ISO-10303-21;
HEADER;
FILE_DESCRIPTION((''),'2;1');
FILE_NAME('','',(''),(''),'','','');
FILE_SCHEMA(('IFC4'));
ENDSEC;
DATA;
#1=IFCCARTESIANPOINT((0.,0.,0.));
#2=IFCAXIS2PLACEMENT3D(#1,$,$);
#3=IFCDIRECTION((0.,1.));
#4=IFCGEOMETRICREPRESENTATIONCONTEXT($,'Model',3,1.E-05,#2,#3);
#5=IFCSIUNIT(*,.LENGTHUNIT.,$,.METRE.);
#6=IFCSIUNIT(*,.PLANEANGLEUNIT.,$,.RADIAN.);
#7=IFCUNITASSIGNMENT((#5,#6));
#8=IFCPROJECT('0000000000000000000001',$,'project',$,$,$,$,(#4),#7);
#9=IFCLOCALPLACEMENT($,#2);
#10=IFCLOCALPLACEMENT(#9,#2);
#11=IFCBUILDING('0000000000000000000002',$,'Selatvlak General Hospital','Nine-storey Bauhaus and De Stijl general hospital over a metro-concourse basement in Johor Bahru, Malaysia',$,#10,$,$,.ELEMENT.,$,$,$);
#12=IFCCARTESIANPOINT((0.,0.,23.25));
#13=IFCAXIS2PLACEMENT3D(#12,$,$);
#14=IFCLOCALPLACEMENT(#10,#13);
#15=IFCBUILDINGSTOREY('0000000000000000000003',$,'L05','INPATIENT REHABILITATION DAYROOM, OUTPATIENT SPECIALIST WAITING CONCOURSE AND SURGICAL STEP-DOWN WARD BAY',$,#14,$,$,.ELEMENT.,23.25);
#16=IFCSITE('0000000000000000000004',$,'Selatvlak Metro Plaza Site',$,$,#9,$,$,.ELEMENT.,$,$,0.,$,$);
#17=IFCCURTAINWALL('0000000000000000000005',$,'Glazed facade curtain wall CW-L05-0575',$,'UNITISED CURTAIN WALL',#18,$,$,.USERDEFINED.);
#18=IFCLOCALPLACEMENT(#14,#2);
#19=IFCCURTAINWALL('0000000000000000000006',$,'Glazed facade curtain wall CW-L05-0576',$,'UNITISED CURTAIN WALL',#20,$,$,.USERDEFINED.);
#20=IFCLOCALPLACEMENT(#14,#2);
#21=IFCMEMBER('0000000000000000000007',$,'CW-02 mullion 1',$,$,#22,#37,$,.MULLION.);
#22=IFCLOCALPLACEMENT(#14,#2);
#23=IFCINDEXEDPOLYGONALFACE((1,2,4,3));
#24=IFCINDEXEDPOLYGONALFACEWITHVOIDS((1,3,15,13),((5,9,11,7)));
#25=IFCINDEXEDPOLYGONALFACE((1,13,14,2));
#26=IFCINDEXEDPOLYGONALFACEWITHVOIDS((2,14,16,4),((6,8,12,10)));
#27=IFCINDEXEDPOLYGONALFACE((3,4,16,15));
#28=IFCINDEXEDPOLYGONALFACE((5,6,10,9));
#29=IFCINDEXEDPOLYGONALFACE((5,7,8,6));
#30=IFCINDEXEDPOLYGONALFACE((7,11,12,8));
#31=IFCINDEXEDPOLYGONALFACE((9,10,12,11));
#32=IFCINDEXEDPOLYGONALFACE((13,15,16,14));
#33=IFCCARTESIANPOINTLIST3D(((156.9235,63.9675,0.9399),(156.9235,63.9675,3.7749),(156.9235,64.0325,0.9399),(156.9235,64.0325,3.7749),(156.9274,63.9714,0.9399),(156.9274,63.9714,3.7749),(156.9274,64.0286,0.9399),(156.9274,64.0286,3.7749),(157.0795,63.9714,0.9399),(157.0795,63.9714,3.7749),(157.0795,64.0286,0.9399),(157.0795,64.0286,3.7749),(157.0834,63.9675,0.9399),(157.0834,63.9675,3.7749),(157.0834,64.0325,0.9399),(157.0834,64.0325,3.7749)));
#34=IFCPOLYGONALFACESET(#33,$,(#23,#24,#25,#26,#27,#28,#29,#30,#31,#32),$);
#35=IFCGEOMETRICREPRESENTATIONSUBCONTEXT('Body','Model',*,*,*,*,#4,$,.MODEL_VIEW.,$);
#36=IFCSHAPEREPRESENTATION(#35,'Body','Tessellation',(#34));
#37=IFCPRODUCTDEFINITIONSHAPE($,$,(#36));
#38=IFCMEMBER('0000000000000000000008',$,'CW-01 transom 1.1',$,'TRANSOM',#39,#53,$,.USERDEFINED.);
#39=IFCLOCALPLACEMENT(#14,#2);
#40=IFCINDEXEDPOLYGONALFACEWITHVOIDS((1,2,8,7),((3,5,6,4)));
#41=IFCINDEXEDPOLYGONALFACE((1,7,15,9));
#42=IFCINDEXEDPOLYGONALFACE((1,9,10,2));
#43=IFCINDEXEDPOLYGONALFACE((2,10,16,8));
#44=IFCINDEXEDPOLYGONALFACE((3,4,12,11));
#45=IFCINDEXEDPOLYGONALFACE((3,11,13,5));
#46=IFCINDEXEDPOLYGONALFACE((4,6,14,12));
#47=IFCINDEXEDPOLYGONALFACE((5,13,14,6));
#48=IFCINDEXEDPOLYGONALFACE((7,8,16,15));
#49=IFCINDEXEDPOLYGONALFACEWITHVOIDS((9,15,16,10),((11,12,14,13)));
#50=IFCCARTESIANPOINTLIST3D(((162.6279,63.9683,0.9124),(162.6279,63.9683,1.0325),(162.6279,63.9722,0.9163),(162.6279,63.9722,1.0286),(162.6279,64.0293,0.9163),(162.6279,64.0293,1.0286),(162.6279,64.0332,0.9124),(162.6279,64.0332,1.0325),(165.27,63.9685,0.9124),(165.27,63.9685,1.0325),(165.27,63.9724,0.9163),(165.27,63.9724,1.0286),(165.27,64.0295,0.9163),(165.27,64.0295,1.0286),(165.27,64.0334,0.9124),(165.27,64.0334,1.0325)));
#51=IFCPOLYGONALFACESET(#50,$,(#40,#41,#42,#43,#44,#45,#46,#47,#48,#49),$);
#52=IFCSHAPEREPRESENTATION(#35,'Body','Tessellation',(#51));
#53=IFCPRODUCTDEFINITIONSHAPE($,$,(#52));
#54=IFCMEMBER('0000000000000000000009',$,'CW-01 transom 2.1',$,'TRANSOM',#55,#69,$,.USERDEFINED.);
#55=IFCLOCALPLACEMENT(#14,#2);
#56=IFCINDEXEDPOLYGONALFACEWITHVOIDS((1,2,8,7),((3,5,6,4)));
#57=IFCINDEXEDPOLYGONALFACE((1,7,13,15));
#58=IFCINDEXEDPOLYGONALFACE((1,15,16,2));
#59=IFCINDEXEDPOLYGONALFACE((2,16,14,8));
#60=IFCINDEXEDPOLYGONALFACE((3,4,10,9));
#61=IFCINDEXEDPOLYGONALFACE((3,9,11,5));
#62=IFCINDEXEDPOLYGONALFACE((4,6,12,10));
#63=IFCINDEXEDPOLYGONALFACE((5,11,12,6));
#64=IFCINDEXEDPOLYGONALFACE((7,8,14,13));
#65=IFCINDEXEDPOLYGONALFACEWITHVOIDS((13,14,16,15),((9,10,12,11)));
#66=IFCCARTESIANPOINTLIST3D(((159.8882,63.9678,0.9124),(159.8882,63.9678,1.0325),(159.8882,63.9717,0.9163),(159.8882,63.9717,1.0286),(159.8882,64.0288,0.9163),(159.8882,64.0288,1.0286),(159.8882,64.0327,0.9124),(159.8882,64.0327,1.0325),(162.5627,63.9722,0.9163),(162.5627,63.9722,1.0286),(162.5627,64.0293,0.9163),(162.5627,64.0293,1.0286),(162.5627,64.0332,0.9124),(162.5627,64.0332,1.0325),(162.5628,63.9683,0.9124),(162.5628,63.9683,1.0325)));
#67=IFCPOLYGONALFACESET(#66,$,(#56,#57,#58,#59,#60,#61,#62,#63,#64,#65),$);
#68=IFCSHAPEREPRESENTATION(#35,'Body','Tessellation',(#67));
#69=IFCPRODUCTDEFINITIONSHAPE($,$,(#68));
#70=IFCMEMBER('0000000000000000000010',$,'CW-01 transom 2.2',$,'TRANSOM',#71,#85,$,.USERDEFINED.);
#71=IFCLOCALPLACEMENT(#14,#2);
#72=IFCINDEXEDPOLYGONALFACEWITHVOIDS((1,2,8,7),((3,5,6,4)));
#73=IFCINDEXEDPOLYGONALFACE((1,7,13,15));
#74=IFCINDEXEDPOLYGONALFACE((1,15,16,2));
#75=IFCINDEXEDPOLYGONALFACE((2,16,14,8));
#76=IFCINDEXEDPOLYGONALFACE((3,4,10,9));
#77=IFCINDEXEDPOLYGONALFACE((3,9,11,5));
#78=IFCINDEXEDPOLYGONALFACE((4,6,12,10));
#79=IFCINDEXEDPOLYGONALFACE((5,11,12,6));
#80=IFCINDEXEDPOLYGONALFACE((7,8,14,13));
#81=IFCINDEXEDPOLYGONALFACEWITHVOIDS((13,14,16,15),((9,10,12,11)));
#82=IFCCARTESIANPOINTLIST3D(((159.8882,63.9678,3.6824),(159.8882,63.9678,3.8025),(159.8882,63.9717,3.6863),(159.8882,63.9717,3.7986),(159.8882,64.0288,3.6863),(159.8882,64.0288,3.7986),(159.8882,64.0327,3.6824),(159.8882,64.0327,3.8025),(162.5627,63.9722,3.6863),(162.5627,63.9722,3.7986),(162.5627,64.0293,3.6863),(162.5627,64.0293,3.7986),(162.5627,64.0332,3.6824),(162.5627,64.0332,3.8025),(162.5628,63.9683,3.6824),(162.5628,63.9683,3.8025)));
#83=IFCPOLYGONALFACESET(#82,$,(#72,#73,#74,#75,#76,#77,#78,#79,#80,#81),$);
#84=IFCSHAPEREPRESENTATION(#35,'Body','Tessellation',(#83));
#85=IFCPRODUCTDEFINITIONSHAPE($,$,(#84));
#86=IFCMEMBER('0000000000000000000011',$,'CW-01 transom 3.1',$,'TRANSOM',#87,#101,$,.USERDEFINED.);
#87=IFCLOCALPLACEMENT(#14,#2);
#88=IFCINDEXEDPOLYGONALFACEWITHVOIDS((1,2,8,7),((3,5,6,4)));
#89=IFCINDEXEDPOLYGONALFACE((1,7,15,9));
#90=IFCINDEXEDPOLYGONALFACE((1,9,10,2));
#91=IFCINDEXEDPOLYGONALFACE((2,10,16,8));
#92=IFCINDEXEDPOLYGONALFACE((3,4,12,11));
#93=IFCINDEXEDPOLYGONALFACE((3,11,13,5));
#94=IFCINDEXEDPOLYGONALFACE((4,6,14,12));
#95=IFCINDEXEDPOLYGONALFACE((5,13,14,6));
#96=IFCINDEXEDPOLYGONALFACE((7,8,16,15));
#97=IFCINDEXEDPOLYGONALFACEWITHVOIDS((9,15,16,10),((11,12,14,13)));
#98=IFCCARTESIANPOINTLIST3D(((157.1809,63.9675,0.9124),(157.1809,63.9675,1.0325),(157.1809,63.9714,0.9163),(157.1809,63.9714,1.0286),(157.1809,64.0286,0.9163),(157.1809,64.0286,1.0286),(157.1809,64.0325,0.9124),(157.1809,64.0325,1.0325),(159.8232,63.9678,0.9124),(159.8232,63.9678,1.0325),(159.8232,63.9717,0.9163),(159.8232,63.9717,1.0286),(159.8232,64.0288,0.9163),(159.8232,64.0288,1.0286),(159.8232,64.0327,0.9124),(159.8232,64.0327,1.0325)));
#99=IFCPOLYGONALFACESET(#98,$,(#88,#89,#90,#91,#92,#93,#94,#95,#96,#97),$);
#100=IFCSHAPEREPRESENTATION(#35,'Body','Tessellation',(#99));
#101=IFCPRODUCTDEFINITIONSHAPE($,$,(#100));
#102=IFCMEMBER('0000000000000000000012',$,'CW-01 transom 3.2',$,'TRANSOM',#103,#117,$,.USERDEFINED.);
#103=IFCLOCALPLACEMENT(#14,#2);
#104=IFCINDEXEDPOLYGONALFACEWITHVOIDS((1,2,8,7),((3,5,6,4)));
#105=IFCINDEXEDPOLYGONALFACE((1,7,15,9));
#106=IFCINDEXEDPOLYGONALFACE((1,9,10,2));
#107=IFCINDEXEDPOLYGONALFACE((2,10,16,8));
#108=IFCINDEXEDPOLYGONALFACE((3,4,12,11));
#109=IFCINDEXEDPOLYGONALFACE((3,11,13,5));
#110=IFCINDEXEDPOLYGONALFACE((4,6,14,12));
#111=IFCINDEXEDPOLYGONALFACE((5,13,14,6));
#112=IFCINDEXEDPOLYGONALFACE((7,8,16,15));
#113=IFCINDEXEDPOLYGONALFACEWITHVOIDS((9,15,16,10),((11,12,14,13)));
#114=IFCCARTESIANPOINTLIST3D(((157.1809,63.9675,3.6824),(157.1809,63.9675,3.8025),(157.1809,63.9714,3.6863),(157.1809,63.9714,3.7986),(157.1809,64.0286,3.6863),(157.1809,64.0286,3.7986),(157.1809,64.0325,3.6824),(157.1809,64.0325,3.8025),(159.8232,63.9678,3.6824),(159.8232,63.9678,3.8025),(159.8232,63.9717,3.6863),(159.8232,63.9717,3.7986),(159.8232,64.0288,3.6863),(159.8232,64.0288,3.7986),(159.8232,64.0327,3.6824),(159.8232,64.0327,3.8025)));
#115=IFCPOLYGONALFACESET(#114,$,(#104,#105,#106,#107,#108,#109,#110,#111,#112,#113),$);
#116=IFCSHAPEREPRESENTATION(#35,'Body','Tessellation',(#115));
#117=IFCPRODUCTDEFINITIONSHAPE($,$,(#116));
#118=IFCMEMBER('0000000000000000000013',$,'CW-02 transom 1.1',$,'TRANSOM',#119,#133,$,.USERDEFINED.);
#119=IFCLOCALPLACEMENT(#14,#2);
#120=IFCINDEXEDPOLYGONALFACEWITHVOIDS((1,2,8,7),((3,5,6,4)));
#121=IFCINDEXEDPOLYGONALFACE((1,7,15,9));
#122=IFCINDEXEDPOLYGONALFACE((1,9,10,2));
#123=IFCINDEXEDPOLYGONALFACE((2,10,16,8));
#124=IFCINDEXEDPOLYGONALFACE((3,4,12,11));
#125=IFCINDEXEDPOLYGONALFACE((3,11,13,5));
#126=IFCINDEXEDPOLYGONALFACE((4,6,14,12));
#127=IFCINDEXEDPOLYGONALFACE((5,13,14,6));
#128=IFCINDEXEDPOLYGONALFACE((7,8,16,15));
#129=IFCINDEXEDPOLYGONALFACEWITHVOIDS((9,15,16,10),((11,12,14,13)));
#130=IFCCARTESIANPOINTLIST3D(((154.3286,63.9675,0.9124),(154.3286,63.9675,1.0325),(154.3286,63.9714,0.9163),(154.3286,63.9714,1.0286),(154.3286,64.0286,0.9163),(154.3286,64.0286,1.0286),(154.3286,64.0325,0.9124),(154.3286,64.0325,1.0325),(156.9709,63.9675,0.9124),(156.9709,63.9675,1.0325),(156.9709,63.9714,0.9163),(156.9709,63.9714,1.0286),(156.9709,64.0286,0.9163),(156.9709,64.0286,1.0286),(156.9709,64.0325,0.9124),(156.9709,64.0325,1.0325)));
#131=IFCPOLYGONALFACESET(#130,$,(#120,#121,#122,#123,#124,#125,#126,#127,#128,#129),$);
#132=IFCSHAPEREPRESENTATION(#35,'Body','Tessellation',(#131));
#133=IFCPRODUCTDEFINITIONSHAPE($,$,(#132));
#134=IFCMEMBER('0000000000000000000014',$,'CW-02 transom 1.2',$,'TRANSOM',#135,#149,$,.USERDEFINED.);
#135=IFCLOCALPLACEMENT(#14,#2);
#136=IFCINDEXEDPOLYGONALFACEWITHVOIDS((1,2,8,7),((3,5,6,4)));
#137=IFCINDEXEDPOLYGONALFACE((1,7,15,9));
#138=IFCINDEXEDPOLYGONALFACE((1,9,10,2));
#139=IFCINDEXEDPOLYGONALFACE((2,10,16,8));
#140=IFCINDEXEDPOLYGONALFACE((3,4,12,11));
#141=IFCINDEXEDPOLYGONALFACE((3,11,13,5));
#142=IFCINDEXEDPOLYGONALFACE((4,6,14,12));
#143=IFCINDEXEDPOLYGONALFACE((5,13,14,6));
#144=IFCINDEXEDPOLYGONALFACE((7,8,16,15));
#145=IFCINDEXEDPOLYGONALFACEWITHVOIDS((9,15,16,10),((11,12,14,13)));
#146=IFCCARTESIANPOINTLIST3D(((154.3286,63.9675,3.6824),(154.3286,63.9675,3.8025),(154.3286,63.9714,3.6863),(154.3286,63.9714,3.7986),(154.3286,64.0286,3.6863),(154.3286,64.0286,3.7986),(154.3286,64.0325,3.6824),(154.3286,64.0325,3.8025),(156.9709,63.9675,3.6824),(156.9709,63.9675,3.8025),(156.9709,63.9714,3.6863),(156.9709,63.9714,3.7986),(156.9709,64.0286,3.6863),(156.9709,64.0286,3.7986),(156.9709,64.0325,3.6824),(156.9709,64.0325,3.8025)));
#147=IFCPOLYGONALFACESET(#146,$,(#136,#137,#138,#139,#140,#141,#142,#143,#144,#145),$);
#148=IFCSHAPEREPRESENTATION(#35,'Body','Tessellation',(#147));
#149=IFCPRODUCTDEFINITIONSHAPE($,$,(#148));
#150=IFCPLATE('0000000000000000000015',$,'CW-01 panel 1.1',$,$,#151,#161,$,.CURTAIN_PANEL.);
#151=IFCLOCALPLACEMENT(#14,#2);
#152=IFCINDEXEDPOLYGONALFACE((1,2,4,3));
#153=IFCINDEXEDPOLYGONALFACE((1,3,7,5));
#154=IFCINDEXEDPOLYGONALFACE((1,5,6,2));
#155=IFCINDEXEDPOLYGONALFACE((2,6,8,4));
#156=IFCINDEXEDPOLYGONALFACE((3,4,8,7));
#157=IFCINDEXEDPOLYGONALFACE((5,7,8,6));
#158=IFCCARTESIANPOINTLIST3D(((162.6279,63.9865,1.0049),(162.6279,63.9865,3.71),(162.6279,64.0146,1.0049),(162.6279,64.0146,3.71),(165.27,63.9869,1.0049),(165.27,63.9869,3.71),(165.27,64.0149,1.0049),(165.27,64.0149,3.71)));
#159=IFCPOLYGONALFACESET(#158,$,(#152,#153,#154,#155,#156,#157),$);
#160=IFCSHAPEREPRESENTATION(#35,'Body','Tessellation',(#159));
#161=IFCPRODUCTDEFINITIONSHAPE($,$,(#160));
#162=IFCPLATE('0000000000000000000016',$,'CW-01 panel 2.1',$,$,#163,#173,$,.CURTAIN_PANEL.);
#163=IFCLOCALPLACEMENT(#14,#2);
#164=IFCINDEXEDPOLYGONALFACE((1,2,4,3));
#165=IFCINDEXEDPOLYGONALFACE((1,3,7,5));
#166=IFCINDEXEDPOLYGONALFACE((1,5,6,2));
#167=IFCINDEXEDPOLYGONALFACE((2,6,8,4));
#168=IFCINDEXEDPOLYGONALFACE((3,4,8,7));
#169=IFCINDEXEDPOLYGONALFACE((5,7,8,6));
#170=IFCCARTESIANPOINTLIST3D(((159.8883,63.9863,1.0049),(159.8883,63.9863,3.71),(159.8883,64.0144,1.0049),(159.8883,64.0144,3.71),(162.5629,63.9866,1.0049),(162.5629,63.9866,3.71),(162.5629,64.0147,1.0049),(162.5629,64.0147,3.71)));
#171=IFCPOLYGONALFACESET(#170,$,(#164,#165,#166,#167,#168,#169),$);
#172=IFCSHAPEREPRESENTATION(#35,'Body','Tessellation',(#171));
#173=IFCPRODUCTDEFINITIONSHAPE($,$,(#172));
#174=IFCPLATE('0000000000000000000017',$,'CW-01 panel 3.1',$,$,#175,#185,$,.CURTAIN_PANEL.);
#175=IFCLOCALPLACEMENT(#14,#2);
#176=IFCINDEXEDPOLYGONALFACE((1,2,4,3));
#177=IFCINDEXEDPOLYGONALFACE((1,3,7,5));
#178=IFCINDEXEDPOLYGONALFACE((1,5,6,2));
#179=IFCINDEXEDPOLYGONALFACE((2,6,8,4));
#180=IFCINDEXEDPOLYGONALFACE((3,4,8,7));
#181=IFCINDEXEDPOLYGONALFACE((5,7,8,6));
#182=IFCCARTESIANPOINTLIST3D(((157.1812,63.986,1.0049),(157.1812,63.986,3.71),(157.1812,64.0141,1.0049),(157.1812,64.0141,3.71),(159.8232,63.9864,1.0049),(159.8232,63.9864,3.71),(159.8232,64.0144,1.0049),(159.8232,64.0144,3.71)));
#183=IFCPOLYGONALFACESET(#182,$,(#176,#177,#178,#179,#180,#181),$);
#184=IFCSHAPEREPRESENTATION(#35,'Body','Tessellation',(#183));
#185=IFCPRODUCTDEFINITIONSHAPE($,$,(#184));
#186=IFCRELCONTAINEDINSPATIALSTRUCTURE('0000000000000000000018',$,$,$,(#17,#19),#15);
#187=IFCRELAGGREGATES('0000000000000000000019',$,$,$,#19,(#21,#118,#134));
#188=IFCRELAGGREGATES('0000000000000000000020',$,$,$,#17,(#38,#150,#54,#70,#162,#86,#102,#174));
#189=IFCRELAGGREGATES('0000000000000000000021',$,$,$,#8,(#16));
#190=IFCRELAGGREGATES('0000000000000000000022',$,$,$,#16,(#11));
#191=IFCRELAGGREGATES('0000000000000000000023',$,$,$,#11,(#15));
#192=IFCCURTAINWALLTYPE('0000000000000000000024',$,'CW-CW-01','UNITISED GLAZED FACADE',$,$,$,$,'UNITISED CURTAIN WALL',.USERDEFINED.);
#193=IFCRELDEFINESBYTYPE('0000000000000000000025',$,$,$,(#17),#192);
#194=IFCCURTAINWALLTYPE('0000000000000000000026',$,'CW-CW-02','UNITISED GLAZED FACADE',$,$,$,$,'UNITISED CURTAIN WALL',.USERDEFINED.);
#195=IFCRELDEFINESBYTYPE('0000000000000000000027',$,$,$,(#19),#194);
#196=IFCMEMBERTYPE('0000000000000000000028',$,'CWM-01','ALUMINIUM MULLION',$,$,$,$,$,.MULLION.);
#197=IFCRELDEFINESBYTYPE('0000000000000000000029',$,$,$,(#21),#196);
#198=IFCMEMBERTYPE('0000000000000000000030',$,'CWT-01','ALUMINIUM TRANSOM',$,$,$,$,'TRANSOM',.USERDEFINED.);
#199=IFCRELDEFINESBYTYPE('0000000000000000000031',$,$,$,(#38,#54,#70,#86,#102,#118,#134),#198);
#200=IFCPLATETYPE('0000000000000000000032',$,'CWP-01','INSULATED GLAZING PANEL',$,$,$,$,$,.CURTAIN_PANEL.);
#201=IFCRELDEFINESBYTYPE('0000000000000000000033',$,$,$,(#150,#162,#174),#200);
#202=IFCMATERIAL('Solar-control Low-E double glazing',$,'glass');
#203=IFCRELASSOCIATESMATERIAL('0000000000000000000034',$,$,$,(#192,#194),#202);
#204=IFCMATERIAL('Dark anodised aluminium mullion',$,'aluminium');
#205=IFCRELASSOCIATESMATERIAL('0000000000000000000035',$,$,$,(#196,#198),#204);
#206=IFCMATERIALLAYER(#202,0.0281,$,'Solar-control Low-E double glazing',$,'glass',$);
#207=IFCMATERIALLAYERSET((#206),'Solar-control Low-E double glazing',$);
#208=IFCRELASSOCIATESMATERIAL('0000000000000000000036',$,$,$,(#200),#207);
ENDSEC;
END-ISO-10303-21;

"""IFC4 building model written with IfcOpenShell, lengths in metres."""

from ifc_helpers import new_model, si_unit, direction, frame, origin, origin_2d, place, context, subcontext, project, spatial, rectangle, hollow_rectangle, extrude, material, layer, layer_set, material_profile, profile_set, type_object, element, aggregate, save


model = new_model("IFC4")

# Units and contexts
model_context = context("Model", 3, precision=1e-05, world=origin(), true_north=direction((0.0, 1.0)))
body_context = subcontext(model_context, "Body", "Model", "MODEL_VIEW")
ifc_project = project(units=[si_unit("LENGTHUNIT", "METRE"), si_unit("PLANEANGLEUNIT", "RADIAN")], contexts=[model_context])

# Site, building, storey
site_placement = place(None, origin())
site = spatial("IfcSite", under=ifc_project, at=site_placement, Name="Selatvlak Metro Plaza Site", CompositionType="ELEMENT", RefElevation=0.0)
building_placement = place(site_placement, origin())
building = spatial("IfcBuilding", under=site, at=building_placement, Name="Selatvlak General Hospital", Description="Nine-storey Bauhaus and De Stijl general hospital over a metro-concourse basement in Johor Bahru, Malaysia", CompositionType="ELEMENT")
storey_placement = place(building_placement, frame((0.0, 0.0, 23.25)))
storey = spatial("IfcBuildingStorey", under=building, at=storey_placement, Name="L05", Description="INPATIENT REHABILITATION DAYROOM, OUTPATIENT SPECIALIST WAITING CONCOURSE AND SURGICAL STEP-DOWN WARD BAY", CompositionType="ELEMENT", Elevation=23.25)

# Curtain wall
ifc_material_1 = material(Name="Solar-control Low-E double glazing", Category="glass")
curtain_wall_type_1 = type_object("IfcCurtainWallType", Name="CW-CW-01", Description="UNITISED GLAZED FACADE", ElementType="UNITISED CURTAIN WALL", PredefinedType="USERDEFINED", material=ifc_material_1)
curtain_wall_1_placement = place(storey_placement, origin())
curtain_wall_1 = element("IfcCurtainWall", 1, at=curtain_wall_1_placement, inside=storey, type_object=curtain_wall_type_1, Name="Glazed facade curtain wall CW-L05-0575", ObjectType="UNITISED CURTAIN WALL", PredefinedType="USERDEFINED")
ifc_material_2 = material(Name="Dark anodised aluminium mullion", Category="aluminium")
ifc_material_profile_1 = material_profile(ifc_material_2, hollow_rectangle(XDim=0.0649, YDim=0.1599, WallThickness=0.0039, at=origin_2d()), Name="AL-MUL 65x160x4")
ifc_profile_set_1 = profile_set([ifc_material_profile_1], Name="Dark anodised aluminium mullion")
member_type_1 = type_object("IfcMemberType", Name="CWM-01", Description="ALUMINIUM MULLION", PredefinedType="MULLION", material=ifc_profile_set_1)

# Curtain wall, member
curtain_wall_type_2 = type_object("IfcCurtainWallType", Name="CW-CW-02", Description="UNITISED GLAZED FACADE", ElementType="UNITISED CURTAIN WALL", PredefinedType="USERDEFINED", material=ifc_material_1)
curtain_wall_2_placement = place(storey_placement, origin())
curtain_wall_2 = element("IfcCurtainWall", 2, at=curtain_wall_2_placement, inside=storey, type_object=curtain_wall_type_2, Name="Glazed facade curtain wall CW-L05-0576", ObjectType="UNITISED CURTAIN WALL", PredefinedType="USERDEFINED")
member_1_placement = place(storey_placement, frame((157.0034, 64.0, 0.9399), z_axis=(0.0, 0.0, 1.0), x_axis=(0.0, -1.0, 0.0)))
member_1 = element("IfcMember", 3, at=member_1_placement, type_object=member_type_1, Name="CW-02 mullion 1", PredefinedType="MULLION", context=body_context, shape_type="SweptSolid", body=[
    extrude(hollow_rectangle(XDim=0.0649, YDim=0.1599, WallThickness=0.0039, at=origin_2d()), origin(), (0.0, 0.0, 1.0), 2.835),
])

# Members
ifc_material_profile_2 = material_profile(ifc_material_2, hollow_rectangle(XDim=0.0649, YDim=0.1201, WallThickness=0.0039, at=origin_2d()), Name="AL-TRN 65x120x4")
ifc_profile_set_2 = profile_set([ifc_material_profile_2], Name="Dark anodised aluminium mullion")
member_type_2 = type_object("IfcMemberType", Name="CWT-01", Description="ALUMINIUM TRANSOM", ElementType="TRANSOM", PredefinedType="USERDEFINED", material=ifc_profile_set_2)
member_2_placement = place(storey_placement, frame((165.27, 64.001, 0.9724), z_axis=(-1.0, -0.000092, 0.0), x_axis=(0.000092, -1.0, 0.0)))
member_2 = element("IfcMember", 4, at=member_2_placement, type_object=member_type_2, Name="CW-01 transom 1.1", ObjectType="TRANSOM", PredefinedType="USERDEFINED", context=body_context, shape_type="SweptSolid", body=[
    extrude(hollow_rectangle(XDim=0.0649, YDim=0.1201, WallThickness=0.0039, at=origin_2d()), origin(), (0.0, 0.0, 1.0), 2.6421),
])
member_3_placement = place(storey_placement, frame((162.5627, 64.0007, 0.9724), z_axis=(-1.0, -0.000183, 0.0), x_axis=(0.000183, -1.0, 0.0)))
member_3 = element("IfcMember", 5, at=member_3_placement, type_object=member_type_2, Name="CW-01 transom 2.1", ObjectType="TRANSOM", PredefinedType="USERDEFINED", context=body_context, shape_type="SweptSolid", body=[
    extrude(hollow_rectangle(XDim=0.0649, YDim=0.1201, WallThickness=0.0039, at=origin_2d()), origin(), (0.0, 0.0, 1.0), 2.6746),
])
member_4_placement = place(storey_placement, frame((162.5627, 64.0007, 3.7424), z_axis=(-1.0, -0.000183, 0.0), x_axis=(0.000183, -1.0, 0.0)))
member_4 = element("IfcMember", 6, at=member_4_placement, type_object=member_type_2, Name="CW-01 transom 2.2", ObjectType="TRANSOM", PredefinedType="USERDEFINED", context=body_context, shape_type="SweptSolid", body=[
    extrude(hollow_rectangle(XDim=0.0649, YDim=0.1201, WallThickness=0.0039, at=origin_2d()), origin(), (0.0, 0.0, 1.0), 2.6746),
])
member_5_placement = place(storey_placement, frame((159.8232, 64.0002, 0.9724), z_axis=(-1.0, -0.000092, 0.0), x_axis=(0.000092, -1.0, 0.0)))
member_5 = element("IfcMember", 7, at=member_5_placement, type_object=member_type_2, Name="CW-01 transom 3.1", ObjectType="TRANSOM", PredefinedType="USERDEFINED", context=body_context, shape_type="SweptSolid", body=[
    extrude(hollow_rectangle(XDim=0.0649, YDim=0.1201, WallThickness=0.0039, at=origin_2d()), origin(), (0.0, 0.0, 1.0), 2.6423),
])
member_6_placement = place(storey_placement, frame((159.8232, 64.0002, 3.7424), z_axis=(-1.0, -0.000092, 0.0), x_axis=(0.000092, -1.0, 0.0)))
member_6 = element("IfcMember", 8, at=member_6_placement, type_object=member_type_2, Name="CW-01 transom 3.2", ObjectType="TRANSOM", PredefinedType="USERDEFINED", context=body_context, shape_type="SweptSolid", body=[
    extrude(hollow_rectangle(XDim=0.0649, YDim=0.1201, WallThickness=0.0039, at=origin_2d()), origin(), (0.0, 0.0, 1.0), 2.6423),
])
member_7_placement = place(storey_placement, frame((156.9709, 64.0, 0.9724), z_axis=(-1.0, 0.0, 0.0), x_axis=(0.0, -1.0, 0.0)))
member_7 = element("IfcMember", 9, at=member_7_placement, type_object=member_type_2, Name="CW-02 transom 1.1", ObjectType="TRANSOM", PredefinedType="USERDEFINED", context=body_context, shape_type="SweptSolid", body=[
    extrude(hollow_rectangle(XDim=0.0649, YDim=0.1201, WallThickness=0.0039, at=origin_2d()), origin(), (0.0, 0.0, 1.0), 2.6423),
])
member_8_placement = place(storey_placement, frame((156.9709, 64.0, 3.7424), z_axis=(-1.0, 0.0, 0.0), x_axis=(0.0, -1.0, 0.0)))
member_8 = element("IfcMember", 10, at=member_8_placement, type_object=member_type_2, Name="CW-02 transom 1.2", ObjectType="TRANSOM", PredefinedType="USERDEFINED", context=body_context, shape_type="SweptSolid", body=[
    extrude(hollow_rectangle(XDim=0.0649, YDim=0.1201, WallThickness=0.0039, at=origin_2d()), origin(), (0.0, 0.0, 1.0), 2.6423),
])
aggregate(curtain_wall_2, [member_1, member_7, member_8])

# Plates
ifc_layer_1 = layer(ifc_material_1, 0.0281, Name="Solar-control Low-E double glazing", Category="glass")
ifc_layer_set_1 = layer_set([ifc_layer_1], Name="Solar-control Low-E double glazing")
plate_type = type_object("IfcPlateType", Name="CWP-01", Description="INSULATED GLAZING PANEL", PredefinedType="CURTAIN_PANEL", material=ifc_layer_set_1)
plate_1_placement = place(storey_placement, frame((163.949, 64.0007, 1.0049), z_axis=(0.0, 0.0, 1.0), x_axis=(-1.0, -0.000122, 0.0)))
plate_1 = element("IfcPlate", 11, at=plate_1_placement, type_object=plate_type, Name="CW-01 panel 1.1", PredefinedType="CURTAIN_PANEL", context=body_context, shape_type="SweptSolid", body=[
    extrude(rectangle(XDim=2.6421, YDim=0.0281, at=origin_2d()), origin(), (0.0, 0.0, 1.0), 2.7051),
])
plate_2_placement = place(storey_placement, frame((161.2256, 64.0005, 1.0049), z_axis=(0.0, 0.0, 1.0), x_axis=(-1.0, -0.000122, 0.0)))
plate_2 = element("IfcPlate", 12, at=plate_2_placement, type_object=plate_type, Name="CW-01 panel 2.1", PredefinedType="CURTAIN_PANEL", context=body_context, shape_type="SweptSolid", body=[
    extrude(rectangle(XDim=2.6746, YDim=0.0281, at=origin_2d()), origin(), (0.0, 0.0, 1.0), 2.7051),
])
plate_3_placement = place(storey_placement, frame((158.5022, 64.0002, 1.0049), z_axis=(0.0, 0.0, 1.0), x_axis=(-1.0, -0.000122, 0.0)))
plate_3 = element("IfcPlate", 13, at=plate_3_placement, type_object=plate_type, Name="CW-01 panel 3.1", PredefinedType="CURTAIN_PANEL", context=body_context, shape_type="SweptSolid", body=[
    extrude(rectangle(XDim=2.6421, YDim=0.0281, at=origin_2d()), origin(), (0.0, 0.0, 1.0), 2.7051),
])
aggregate(curtain_wall_1, [member_2, plate_1, member_3, member_4, plate_2, member_5, member_6, plate_3])

save(model, "model.ifc")
